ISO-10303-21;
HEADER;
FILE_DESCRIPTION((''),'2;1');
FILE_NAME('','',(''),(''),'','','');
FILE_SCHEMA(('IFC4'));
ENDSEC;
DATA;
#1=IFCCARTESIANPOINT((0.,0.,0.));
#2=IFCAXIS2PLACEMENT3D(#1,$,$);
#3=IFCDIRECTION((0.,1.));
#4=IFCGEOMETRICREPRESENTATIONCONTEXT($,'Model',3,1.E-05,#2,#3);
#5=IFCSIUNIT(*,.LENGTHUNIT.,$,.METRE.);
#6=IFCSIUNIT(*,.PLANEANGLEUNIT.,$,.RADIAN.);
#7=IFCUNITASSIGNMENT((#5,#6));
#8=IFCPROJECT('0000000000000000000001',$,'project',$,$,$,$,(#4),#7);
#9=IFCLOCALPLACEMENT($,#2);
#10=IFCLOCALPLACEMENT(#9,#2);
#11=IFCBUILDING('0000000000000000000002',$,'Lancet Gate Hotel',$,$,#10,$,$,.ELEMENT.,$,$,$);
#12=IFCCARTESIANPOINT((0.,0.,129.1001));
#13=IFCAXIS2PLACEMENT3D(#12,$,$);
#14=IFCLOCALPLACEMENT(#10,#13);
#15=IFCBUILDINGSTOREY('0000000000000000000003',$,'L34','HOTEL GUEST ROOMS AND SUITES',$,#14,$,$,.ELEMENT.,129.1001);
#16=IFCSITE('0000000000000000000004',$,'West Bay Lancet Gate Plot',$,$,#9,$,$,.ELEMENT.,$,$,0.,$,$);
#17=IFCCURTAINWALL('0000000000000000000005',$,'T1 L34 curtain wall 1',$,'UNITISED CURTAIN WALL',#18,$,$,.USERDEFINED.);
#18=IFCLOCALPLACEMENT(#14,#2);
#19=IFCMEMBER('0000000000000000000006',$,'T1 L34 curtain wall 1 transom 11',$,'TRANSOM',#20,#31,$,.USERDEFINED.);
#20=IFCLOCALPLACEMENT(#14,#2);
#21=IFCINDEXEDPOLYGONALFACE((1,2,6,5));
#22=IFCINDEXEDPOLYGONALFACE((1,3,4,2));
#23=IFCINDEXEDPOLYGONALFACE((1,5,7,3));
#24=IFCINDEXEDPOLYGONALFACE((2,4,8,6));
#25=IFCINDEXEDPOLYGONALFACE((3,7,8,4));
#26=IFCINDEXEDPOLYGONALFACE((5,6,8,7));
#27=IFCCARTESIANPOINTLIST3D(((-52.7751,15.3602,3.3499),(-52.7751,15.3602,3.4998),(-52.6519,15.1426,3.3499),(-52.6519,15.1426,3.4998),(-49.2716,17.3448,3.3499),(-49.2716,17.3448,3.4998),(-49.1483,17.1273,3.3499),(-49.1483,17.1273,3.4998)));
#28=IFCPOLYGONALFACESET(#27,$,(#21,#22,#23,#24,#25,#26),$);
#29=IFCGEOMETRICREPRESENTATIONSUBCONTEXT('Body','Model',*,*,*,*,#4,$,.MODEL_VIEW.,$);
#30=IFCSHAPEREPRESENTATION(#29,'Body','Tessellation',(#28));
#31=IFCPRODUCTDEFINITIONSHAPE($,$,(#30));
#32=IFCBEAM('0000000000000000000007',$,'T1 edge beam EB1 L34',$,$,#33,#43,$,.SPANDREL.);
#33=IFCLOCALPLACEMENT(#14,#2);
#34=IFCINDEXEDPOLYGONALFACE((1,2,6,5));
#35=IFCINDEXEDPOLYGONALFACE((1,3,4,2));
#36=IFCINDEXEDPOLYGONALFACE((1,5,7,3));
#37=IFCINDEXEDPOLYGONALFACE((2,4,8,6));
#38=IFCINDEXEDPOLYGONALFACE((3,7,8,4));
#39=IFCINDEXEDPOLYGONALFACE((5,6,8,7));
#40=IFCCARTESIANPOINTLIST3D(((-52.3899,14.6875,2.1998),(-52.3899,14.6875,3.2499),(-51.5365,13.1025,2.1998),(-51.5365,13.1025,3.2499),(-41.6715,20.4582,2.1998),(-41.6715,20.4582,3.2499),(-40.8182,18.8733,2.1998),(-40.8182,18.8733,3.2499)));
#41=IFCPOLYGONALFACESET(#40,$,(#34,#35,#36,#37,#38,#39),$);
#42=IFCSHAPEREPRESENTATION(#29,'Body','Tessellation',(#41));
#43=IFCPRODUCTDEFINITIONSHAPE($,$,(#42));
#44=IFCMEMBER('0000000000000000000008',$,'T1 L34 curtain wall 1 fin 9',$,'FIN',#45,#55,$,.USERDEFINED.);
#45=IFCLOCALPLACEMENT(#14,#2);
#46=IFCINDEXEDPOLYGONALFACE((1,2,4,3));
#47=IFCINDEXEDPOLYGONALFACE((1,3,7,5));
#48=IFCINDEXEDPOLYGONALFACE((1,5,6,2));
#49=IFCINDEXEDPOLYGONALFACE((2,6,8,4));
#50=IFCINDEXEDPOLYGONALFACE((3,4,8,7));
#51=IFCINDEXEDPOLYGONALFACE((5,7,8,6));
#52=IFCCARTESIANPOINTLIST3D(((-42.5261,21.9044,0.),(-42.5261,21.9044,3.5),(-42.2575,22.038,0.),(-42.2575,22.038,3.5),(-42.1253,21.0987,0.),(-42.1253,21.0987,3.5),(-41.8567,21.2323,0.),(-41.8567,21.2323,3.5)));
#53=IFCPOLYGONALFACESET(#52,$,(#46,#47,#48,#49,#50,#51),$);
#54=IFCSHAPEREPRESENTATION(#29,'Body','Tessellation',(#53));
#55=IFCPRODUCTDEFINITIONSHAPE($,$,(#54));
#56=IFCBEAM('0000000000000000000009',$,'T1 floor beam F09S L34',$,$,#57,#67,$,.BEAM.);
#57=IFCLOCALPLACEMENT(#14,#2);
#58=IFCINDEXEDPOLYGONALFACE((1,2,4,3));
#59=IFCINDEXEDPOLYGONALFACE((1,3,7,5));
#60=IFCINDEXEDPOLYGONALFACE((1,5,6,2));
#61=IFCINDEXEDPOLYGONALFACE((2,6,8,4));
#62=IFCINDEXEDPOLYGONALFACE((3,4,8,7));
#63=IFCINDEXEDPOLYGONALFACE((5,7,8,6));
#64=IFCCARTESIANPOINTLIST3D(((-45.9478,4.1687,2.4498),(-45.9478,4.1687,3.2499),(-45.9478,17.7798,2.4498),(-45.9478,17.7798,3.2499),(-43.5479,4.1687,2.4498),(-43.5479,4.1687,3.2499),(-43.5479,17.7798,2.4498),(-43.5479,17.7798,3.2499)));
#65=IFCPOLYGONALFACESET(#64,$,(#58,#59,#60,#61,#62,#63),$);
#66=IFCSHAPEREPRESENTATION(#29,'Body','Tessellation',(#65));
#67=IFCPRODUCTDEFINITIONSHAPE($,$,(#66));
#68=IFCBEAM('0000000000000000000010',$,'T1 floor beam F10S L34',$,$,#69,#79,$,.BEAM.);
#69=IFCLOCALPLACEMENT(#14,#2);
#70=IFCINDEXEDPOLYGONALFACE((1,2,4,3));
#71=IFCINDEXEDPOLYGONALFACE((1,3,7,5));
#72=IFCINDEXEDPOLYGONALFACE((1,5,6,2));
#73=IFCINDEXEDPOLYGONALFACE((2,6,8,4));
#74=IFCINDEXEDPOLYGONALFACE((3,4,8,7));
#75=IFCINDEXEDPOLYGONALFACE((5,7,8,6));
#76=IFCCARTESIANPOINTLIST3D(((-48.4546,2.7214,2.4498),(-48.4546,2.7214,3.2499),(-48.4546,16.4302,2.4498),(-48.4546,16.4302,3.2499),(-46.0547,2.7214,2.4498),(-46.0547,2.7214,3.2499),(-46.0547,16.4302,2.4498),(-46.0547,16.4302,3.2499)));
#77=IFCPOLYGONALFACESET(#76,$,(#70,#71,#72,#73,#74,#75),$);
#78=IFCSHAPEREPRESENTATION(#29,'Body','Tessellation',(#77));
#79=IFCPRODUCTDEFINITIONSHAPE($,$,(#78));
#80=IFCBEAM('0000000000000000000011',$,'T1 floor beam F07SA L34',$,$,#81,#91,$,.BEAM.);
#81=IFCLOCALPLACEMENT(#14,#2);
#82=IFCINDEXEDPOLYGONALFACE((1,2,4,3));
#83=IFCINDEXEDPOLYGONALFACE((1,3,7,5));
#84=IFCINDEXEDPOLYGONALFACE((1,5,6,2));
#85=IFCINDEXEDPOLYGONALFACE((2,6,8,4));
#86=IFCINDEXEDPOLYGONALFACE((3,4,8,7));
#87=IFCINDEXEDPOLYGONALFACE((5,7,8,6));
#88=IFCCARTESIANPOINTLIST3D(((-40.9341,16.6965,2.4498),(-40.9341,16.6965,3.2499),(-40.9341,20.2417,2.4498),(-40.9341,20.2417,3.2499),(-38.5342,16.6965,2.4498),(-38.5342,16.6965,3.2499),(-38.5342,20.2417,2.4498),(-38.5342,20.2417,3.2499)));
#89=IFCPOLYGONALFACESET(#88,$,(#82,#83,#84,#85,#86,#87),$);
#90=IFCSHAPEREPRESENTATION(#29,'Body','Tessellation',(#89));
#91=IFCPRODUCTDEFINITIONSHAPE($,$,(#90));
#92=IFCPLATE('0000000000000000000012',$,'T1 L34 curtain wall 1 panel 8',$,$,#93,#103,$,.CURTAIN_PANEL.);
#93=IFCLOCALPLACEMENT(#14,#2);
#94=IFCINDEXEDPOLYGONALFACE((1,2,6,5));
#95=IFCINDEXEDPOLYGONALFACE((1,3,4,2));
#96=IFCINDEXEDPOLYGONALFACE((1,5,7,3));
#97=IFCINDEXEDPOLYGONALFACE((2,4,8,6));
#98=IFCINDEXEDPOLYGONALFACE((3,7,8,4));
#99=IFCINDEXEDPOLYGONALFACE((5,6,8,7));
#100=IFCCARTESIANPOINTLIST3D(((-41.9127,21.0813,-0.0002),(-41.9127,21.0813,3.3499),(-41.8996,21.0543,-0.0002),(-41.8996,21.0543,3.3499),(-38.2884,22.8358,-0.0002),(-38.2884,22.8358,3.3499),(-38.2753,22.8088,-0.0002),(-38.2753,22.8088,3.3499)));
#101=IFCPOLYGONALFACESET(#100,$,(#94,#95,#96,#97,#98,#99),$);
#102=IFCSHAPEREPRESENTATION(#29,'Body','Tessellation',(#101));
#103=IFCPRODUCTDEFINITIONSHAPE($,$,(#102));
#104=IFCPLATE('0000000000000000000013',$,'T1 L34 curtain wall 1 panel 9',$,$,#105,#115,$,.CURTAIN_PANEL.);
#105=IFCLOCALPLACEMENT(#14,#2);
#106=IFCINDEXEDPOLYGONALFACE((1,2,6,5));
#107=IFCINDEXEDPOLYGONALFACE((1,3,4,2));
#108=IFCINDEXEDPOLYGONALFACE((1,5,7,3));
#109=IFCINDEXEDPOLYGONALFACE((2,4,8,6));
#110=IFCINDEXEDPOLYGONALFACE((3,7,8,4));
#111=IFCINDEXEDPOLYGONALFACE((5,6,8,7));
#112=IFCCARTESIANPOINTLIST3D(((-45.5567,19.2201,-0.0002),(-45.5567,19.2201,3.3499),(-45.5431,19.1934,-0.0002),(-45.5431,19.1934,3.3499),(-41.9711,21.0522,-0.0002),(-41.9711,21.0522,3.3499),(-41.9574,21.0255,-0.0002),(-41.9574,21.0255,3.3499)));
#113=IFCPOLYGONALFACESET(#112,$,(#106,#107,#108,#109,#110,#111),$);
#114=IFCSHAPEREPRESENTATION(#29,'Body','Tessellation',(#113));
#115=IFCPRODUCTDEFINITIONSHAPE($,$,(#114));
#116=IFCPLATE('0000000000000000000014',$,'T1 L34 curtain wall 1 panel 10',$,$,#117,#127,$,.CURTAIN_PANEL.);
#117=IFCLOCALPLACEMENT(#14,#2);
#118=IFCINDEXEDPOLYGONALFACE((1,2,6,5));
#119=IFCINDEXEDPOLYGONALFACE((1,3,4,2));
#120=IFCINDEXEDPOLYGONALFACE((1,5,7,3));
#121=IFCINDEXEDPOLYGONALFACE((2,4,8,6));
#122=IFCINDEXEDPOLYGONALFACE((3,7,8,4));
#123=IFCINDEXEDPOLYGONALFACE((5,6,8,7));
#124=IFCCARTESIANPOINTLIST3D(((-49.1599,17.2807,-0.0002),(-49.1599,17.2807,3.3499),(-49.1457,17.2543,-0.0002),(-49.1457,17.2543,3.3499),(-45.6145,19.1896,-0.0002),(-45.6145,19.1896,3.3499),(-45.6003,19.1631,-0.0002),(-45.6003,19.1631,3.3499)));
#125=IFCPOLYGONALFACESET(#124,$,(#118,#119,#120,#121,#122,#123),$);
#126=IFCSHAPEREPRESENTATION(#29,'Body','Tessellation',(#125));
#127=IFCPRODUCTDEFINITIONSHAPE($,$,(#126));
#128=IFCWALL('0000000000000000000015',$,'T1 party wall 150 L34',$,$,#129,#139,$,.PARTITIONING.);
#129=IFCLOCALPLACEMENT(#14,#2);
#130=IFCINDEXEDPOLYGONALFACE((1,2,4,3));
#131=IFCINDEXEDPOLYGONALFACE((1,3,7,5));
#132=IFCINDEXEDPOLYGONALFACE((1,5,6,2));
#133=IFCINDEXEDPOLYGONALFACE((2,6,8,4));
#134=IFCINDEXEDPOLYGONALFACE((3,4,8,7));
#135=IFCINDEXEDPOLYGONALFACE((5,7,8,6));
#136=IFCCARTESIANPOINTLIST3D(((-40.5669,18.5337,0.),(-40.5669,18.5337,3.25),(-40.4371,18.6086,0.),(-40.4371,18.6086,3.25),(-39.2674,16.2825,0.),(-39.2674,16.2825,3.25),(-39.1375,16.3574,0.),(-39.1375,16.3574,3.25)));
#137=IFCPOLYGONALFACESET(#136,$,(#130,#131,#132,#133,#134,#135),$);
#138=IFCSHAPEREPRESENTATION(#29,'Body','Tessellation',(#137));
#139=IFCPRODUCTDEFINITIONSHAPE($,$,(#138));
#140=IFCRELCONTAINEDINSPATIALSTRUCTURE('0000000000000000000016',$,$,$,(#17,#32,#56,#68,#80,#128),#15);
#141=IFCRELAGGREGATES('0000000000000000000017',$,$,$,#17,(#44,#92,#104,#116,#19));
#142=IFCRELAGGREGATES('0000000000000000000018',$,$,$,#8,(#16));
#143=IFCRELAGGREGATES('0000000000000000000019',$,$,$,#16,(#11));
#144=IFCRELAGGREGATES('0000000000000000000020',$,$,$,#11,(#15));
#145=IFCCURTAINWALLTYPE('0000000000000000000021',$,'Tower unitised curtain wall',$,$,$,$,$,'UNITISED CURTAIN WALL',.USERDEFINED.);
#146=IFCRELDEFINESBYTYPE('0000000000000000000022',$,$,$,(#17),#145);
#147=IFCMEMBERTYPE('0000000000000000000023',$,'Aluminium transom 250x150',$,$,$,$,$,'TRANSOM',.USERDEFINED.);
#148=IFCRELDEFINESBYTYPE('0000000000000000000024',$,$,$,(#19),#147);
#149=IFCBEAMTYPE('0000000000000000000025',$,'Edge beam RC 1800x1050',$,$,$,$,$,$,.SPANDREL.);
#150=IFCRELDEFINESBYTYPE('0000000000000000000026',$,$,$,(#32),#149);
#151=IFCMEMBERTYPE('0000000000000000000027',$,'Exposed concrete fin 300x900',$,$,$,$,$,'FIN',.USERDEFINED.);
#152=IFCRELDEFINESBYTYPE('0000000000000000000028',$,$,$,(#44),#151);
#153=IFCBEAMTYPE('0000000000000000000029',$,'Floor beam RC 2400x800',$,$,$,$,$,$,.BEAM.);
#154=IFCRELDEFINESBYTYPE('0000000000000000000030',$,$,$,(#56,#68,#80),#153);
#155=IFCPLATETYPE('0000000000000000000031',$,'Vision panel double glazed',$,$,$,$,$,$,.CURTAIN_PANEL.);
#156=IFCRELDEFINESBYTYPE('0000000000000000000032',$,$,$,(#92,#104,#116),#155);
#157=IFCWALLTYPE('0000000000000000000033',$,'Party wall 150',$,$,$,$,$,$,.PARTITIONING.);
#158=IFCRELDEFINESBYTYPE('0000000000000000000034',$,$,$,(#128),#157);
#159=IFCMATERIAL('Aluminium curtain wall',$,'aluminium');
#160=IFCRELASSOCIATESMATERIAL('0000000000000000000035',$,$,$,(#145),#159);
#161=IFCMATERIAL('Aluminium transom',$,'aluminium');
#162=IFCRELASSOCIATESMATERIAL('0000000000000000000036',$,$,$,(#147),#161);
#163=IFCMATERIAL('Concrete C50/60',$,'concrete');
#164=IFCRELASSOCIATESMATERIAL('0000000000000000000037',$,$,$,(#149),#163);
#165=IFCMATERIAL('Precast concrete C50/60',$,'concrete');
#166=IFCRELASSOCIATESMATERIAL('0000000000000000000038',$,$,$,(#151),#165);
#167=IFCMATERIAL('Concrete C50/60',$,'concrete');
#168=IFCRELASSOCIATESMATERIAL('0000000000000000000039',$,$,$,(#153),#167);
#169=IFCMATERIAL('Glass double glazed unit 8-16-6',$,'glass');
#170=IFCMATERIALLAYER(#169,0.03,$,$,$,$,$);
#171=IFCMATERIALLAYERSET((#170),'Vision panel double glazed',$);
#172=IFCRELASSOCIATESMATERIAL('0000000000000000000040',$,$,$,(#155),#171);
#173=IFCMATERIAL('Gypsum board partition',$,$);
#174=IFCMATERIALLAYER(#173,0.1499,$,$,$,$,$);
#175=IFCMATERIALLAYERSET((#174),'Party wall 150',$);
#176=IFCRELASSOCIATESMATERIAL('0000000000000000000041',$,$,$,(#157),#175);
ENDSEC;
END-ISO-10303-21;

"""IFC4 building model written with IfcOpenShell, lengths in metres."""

from ifc_helpers import new_model, si_unit, direction, frame, frame_2d, origin, origin_2d, place, context, subcontext, project, spatial, rectangle, extrude, material, layer, layer_set, material_profile, profile_set, type_object, element, aggregate, save


model = new_model("IFC4")

# Units and contexts
model_context = context("Model", 3, precision=1e-05, world=origin(), true_north=direction((0.0, 1.0)))
body_context = subcontext(model_context, "Body", "Model", "MODEL_VIEW")
ifc_project = project(units=[si_unit("LENGTHUNIT", "METRE"), si_unit("PLANEANGLEUNIT", "RADIAN")], contexts=[model_context])

# Site, building, storey
site_placement = place(None, origin())
site = spatial("IfcSite", under=ifc_project, at=site_placement, Name="West Bay Lancet Gate Plot", CompositionType="ELEMENT", RefElevation=0.0)
building_placement = place(site_placement, origin())
building = spatial("IfcBuilding", under=site, at=building_placement, Name="Lancet Gate Hotel", CompositionType="ELEMENT")
storey_placement = place(building_placement, frame((0.0, 0.0, 129.1001)))
storey = spatial("IfcBuildingStorey", under=building, at=storey_placement, Name="L34", Description="HOTEL GUEST ROOMS AND SUITES", CompositionType="ELEMENT", Elevation=129.1001)

# Curtain wall, member
ifc_material_1 = material(Name="Aluminium curtain wall", Category="aluminium")
curtain_wall_type = type_object("IfcCurtainWallType", Name="Tower unitised curtain wall", ElementType="UNITISED CURTAIN WALL", PredefinedType="USERDEFINED", material=ifc_material_1)
curtain_wall_placement = place(storey_placement, origin())
curtain_wall = element("IfcCurtainWall", 1, at=curtain_wall_placement, inside=storey, type_object=curtain_wall_type, Name="T1 L34 curtain wall 1", ObjectType="UNITISED CURTAIN WALL", PredefinedType="USERDEFINED")
ifc_material_2 = material(Name="Aluminium transom", Category="aluminium")
ifc_material_profile_1 = material_profile(ifc_material_2, rectangle(XDim=0.25, YDim=0.1499, at=origin_2d()), Name="TRANSOM 250x150")
ifc_profile_set_1 = profile_set([ifc_material_profile_1], Name="Aluminium transom")
member_type_1 = type_object("IfcMemberType", Name="Aluminium transom 250x150", ElementType="TRANSOM", PredefinedType="USERDEFINED", material=ifc_profile_set_1)
member_1_placement = place(storey_placement, frame((-49.21, 17.2361, 3.4248), z_axis=(-0.870092, -0.49289, 0.0), x_axis=(0.49289, -0.870092, 0.0)))
member_1 = element("IfcMember", 2, at=member_1_placement, type_object=member_type_1, Name="T1 L34 curtain wall 1 transom 11", ObjectType="TRANSOM", PredefinedType="USERDEFINED", context=body_context, shape_type="SweptSolid", body=[
    extrude(rectangle(XDim=0.25, YDim=0.1499, at=origin_2d()), origin(), (0.0, 0.0, 1.0), 4.0266),
])

# Beam
ifc_material_3 = material(Name="Concrete C50/60", Category="concrete")
ifc_material_profile_2 = material_profile(ifc_material_3, rectangle(XDim=1.8, YDim=1.05, at=origin_2d()), Name="RC 1800x1050")
ifc_profile_set_2 = profile_set([ifc_material_profile_2], Name="Concrete C50/60")
beam_type_1 = type_object("IfcBeamType", Name="Edge beam RC 1800x1050", PredefinedType="SPANDREL", material=ifc_profile_set_2)
beam_1_placement = place(storey_placement, frame((-41.2449, 19.6658, 2.7249), z_axis=(-0.880492, -0.47406, 0.0), x_axis=(0.47406, -0.880492, 0.0)))
element("IfcBeam", 3, at=beam_1_placement, inside=storey, type_object=beam_type_1, Name="T1 edge beam EB1 L34", PredefinedType="SPANDREL", context=body_context, shape_type="SweptSolid", body=[
    extrude(rectangle(XDim=1.8, YDim=1.05, at=origin_2d()), origin(), (0.0, 0.0, 1.0), 12.1731),
])

# Member
ifc_material_4 = material(Name="Precast concrete C50/60", Category="concrete")
ifc_material_profile_3 = material_profile(ifc_material_4, rectangle(XDim=0.3, YDim=0.8999, at=origin_2d()), Name="FIN 300x900")
ifc_profile_set_3 = profile_set([ifc_material_profile_3], Name="Precast concrete C50/60")
member_type_2 = type_object("IfcMemberType", Name="Exposed concrete fin 300x900", ElementType="FIN", PredefinedType="USERDEFINED", material=ifc_profile_set_3)
member_2_placement = place(storey_placement, frame((-42.1914, 21.5684, 0.0), z_axis=(0.0, 0.0, 1.0), x_axis=(-0.895339, -0.445384, 0.0)))
member_2 = element("IfcMember", 4, at=member_2_placement, type_object=member_type_2, Name="T1 L34 curtain wall 1 fin 9", ObjectType="FIN", PredefinedType="USERDEFINED", context=body_context, shape_type="SweptSolid", body=[
    extrude(rectangle(XDim=0.3, YDim=0.8999, at=origin_2d()), origin(), (0.0, 0.0, 1.0), 3.5),
])

# Beams
ifc_material_5 = material(Name="Concrete C50/60", Category="concrete")
ifc_material_profile_4 = material_profile(ifc_material_5, rectangle(XDim=2.3999, YDim=0.8, at=origin_2d()), Name="RC 2400x800")
ifc_profile_set_4 = profile_set([ifc_material_profile_4], Name="Concrete C50/60")
beam_type_2 = type_object("IfcBeamType", Name="Floor beam RC 2400x800", PredefinedType="BEAM", material=ifc_profile_set_4)
beam_2_placement = place(storey_placement, frame((-44.7478, 17.7798, 2.8499), z_axis=(0.0, -1.0, 0.0), x_axis=(1.0, 0.0, 0.0)))
element("IfcBeam", 5, at=beam_2_placement, inside=storey, type_object=beam_type_2, Name="T1 floor beam F09S L34", PredefinedType="BEAM", context=body_context, shape_type="SweptSolid", body=[
    extrude(rectangle(XDim=2.3999, YDim=0.8, at=origin_2d()), origin(), (0.0, 0.0, 1.0), 13.6111),
])
beam_3_placement = place(storey_placement, frame((-47.2546, 16.4302, 2.8499), z_axis=(0.0, -1.0, 0.0), x_axis=(1.0, 0.0, 0.0)))
element("IfcBeam", 6, at=beam_3_placement, inside=storey, type_object=beam_type_2, Name="T1 floor beam F10S L34", PredefinedType="BEAM", context=body_context, shape_type="SweptSolid", body=[
    extrude(rectangle(XDim=2.3999, YDim=0.8, at=origin_2d()), origin(), (0.0, 0.0, 1.0), 13.7087),
])
beam_4_placement = place(storey_placement, frame((-39.7341, 20.2417, 2.8499), z_axis=(0.0, -1.0, 0.0), x_axis=(1.0, 0.0, 0.0)))
element("IfcBeam", 7, at=beam_4_placement, inside=storey, type_object=beam_type_2, Name="T1 floor beam F07SA L34", PredefinedType="BEAM", context=body_context, shape_type="SweptSolid", body=[
    extrude(rectangle(XDim=2.3999, YDim=0.8, at=origin_2d()), origin(), (0.0, 0.0, 1.0), 3.5452),
])

# Plates
ifc_material_6 = material(Name="Glass double glazed unit 8-16-6", Category="glass")
ifc_layer_1 = layer(ifc_material_6, 0.03)
ifc_layer_set_1 = layer_set([ifc_layer_1], Name="Vision panel double glazed")
plate_type = type_object("IfcPlateType", Name="Vision panel double glazed", PredefinedType="CURTAIN_PANEL", material=ifc_layer_set_1)
plate_1_placement = place(storey_placement, frame((-40.094, 21.9451, -0.0002), z_axis=(0.0, 0.0, 1.0), x_axis=(-0.900082, -0.435721, 0.0)))
plate_1 = element("IfcPlate", 8, at=plate_1_placement, type_object=plate_type, Name="T1 L34 curtain wall 1 panel 8", PredefinedType="CURTAIN_PANEL", context=body_context, shape_type="SweptSolid", body=[
    extrude(rectangle(XDim=4.0266, YDim=0.03, at=origin_2d()), origin(), (0.0, 0.0, 1.0), 3.3501),
])
plate_2_placement = place(storey_placement, frame((-43.7571, 20.1228, -0.0002), z_axis=(0.0, 0.0, 1.0), x_axis=(-0.890493, -0.454996, 0.0)))
plate_2 = element("IfcPlate", 9, at=plate_2_placement, type_object=plate_type, Name="T1 L34 curtain wall 1 panel 9", PredefinedType="CURTAIN_PANEL", context=body_context, shape_type="SweptSolid", body=[
    extrude(rectangle(XDim=4.0266, YDim=0.03, at=origin_2d()), origin(), (0.0, 0.0, 1.0), 3.3501),
])
plate_3_placement = place(storey_placement, frame((-47.3801, 18.2219, -0.0002), z_axis=(0.0, 0.0, 1.0), x_axis=(-0.880493, -0.47406, 0.0)))
plate_3 = element("IfcPlate", 10, at=plate_3_placement, type_object=plate_type, Name="T1 L34 curtain wall 1 panel 10", PredefinedType="CURTAIN_PANEL", context=body_context, shape_type="SweptSolid", body=[
    extrude(rectangle(XDim=4.0266, YDim=0.03, at=origin_2d()), origin(), (0.0, 0.0, 1.0), 3.3501),
])
aggregate(curtain_wall, [member_2, plate_1, plate_2, plate_3, member_1])

# Wall
ifc_material_7 = material(Name="Gypsum board partition")
ifc_layer_2 = layer(ifc_material_7, 0.1499)
ifc_layer_set_2 = layer_set([ifc_layer_2], Name="Party wall 150")
wall_type = type_object("IfcWallType", Name="Party wall 150", PredefinedType="PARTITIONING", material=ifc_layer_set_2)
wall_placement = place(storey_placement, frame((-39.2024, 16.3198, 0.0), z_axis=(0.0, 0.0, 1.0), x_axis=(-0.499947, 0.866056, 0.0)))
element("IfcWall", 11, at=wall_placement, inside=storey, type_object=wall_type, Name="T1 party wall 150 L34", PredefinedType="PARTITIONING", context=body_context, shape_type="SweptSolid", body=[
    extrude(rectangle(XDim=2.5994, YDim=0.1499, at=frame_2d((1.2998, 0.0))), origin(), (0.0, 0.0, 1.0), 3.25),
])

save(model, "model.ifc")
